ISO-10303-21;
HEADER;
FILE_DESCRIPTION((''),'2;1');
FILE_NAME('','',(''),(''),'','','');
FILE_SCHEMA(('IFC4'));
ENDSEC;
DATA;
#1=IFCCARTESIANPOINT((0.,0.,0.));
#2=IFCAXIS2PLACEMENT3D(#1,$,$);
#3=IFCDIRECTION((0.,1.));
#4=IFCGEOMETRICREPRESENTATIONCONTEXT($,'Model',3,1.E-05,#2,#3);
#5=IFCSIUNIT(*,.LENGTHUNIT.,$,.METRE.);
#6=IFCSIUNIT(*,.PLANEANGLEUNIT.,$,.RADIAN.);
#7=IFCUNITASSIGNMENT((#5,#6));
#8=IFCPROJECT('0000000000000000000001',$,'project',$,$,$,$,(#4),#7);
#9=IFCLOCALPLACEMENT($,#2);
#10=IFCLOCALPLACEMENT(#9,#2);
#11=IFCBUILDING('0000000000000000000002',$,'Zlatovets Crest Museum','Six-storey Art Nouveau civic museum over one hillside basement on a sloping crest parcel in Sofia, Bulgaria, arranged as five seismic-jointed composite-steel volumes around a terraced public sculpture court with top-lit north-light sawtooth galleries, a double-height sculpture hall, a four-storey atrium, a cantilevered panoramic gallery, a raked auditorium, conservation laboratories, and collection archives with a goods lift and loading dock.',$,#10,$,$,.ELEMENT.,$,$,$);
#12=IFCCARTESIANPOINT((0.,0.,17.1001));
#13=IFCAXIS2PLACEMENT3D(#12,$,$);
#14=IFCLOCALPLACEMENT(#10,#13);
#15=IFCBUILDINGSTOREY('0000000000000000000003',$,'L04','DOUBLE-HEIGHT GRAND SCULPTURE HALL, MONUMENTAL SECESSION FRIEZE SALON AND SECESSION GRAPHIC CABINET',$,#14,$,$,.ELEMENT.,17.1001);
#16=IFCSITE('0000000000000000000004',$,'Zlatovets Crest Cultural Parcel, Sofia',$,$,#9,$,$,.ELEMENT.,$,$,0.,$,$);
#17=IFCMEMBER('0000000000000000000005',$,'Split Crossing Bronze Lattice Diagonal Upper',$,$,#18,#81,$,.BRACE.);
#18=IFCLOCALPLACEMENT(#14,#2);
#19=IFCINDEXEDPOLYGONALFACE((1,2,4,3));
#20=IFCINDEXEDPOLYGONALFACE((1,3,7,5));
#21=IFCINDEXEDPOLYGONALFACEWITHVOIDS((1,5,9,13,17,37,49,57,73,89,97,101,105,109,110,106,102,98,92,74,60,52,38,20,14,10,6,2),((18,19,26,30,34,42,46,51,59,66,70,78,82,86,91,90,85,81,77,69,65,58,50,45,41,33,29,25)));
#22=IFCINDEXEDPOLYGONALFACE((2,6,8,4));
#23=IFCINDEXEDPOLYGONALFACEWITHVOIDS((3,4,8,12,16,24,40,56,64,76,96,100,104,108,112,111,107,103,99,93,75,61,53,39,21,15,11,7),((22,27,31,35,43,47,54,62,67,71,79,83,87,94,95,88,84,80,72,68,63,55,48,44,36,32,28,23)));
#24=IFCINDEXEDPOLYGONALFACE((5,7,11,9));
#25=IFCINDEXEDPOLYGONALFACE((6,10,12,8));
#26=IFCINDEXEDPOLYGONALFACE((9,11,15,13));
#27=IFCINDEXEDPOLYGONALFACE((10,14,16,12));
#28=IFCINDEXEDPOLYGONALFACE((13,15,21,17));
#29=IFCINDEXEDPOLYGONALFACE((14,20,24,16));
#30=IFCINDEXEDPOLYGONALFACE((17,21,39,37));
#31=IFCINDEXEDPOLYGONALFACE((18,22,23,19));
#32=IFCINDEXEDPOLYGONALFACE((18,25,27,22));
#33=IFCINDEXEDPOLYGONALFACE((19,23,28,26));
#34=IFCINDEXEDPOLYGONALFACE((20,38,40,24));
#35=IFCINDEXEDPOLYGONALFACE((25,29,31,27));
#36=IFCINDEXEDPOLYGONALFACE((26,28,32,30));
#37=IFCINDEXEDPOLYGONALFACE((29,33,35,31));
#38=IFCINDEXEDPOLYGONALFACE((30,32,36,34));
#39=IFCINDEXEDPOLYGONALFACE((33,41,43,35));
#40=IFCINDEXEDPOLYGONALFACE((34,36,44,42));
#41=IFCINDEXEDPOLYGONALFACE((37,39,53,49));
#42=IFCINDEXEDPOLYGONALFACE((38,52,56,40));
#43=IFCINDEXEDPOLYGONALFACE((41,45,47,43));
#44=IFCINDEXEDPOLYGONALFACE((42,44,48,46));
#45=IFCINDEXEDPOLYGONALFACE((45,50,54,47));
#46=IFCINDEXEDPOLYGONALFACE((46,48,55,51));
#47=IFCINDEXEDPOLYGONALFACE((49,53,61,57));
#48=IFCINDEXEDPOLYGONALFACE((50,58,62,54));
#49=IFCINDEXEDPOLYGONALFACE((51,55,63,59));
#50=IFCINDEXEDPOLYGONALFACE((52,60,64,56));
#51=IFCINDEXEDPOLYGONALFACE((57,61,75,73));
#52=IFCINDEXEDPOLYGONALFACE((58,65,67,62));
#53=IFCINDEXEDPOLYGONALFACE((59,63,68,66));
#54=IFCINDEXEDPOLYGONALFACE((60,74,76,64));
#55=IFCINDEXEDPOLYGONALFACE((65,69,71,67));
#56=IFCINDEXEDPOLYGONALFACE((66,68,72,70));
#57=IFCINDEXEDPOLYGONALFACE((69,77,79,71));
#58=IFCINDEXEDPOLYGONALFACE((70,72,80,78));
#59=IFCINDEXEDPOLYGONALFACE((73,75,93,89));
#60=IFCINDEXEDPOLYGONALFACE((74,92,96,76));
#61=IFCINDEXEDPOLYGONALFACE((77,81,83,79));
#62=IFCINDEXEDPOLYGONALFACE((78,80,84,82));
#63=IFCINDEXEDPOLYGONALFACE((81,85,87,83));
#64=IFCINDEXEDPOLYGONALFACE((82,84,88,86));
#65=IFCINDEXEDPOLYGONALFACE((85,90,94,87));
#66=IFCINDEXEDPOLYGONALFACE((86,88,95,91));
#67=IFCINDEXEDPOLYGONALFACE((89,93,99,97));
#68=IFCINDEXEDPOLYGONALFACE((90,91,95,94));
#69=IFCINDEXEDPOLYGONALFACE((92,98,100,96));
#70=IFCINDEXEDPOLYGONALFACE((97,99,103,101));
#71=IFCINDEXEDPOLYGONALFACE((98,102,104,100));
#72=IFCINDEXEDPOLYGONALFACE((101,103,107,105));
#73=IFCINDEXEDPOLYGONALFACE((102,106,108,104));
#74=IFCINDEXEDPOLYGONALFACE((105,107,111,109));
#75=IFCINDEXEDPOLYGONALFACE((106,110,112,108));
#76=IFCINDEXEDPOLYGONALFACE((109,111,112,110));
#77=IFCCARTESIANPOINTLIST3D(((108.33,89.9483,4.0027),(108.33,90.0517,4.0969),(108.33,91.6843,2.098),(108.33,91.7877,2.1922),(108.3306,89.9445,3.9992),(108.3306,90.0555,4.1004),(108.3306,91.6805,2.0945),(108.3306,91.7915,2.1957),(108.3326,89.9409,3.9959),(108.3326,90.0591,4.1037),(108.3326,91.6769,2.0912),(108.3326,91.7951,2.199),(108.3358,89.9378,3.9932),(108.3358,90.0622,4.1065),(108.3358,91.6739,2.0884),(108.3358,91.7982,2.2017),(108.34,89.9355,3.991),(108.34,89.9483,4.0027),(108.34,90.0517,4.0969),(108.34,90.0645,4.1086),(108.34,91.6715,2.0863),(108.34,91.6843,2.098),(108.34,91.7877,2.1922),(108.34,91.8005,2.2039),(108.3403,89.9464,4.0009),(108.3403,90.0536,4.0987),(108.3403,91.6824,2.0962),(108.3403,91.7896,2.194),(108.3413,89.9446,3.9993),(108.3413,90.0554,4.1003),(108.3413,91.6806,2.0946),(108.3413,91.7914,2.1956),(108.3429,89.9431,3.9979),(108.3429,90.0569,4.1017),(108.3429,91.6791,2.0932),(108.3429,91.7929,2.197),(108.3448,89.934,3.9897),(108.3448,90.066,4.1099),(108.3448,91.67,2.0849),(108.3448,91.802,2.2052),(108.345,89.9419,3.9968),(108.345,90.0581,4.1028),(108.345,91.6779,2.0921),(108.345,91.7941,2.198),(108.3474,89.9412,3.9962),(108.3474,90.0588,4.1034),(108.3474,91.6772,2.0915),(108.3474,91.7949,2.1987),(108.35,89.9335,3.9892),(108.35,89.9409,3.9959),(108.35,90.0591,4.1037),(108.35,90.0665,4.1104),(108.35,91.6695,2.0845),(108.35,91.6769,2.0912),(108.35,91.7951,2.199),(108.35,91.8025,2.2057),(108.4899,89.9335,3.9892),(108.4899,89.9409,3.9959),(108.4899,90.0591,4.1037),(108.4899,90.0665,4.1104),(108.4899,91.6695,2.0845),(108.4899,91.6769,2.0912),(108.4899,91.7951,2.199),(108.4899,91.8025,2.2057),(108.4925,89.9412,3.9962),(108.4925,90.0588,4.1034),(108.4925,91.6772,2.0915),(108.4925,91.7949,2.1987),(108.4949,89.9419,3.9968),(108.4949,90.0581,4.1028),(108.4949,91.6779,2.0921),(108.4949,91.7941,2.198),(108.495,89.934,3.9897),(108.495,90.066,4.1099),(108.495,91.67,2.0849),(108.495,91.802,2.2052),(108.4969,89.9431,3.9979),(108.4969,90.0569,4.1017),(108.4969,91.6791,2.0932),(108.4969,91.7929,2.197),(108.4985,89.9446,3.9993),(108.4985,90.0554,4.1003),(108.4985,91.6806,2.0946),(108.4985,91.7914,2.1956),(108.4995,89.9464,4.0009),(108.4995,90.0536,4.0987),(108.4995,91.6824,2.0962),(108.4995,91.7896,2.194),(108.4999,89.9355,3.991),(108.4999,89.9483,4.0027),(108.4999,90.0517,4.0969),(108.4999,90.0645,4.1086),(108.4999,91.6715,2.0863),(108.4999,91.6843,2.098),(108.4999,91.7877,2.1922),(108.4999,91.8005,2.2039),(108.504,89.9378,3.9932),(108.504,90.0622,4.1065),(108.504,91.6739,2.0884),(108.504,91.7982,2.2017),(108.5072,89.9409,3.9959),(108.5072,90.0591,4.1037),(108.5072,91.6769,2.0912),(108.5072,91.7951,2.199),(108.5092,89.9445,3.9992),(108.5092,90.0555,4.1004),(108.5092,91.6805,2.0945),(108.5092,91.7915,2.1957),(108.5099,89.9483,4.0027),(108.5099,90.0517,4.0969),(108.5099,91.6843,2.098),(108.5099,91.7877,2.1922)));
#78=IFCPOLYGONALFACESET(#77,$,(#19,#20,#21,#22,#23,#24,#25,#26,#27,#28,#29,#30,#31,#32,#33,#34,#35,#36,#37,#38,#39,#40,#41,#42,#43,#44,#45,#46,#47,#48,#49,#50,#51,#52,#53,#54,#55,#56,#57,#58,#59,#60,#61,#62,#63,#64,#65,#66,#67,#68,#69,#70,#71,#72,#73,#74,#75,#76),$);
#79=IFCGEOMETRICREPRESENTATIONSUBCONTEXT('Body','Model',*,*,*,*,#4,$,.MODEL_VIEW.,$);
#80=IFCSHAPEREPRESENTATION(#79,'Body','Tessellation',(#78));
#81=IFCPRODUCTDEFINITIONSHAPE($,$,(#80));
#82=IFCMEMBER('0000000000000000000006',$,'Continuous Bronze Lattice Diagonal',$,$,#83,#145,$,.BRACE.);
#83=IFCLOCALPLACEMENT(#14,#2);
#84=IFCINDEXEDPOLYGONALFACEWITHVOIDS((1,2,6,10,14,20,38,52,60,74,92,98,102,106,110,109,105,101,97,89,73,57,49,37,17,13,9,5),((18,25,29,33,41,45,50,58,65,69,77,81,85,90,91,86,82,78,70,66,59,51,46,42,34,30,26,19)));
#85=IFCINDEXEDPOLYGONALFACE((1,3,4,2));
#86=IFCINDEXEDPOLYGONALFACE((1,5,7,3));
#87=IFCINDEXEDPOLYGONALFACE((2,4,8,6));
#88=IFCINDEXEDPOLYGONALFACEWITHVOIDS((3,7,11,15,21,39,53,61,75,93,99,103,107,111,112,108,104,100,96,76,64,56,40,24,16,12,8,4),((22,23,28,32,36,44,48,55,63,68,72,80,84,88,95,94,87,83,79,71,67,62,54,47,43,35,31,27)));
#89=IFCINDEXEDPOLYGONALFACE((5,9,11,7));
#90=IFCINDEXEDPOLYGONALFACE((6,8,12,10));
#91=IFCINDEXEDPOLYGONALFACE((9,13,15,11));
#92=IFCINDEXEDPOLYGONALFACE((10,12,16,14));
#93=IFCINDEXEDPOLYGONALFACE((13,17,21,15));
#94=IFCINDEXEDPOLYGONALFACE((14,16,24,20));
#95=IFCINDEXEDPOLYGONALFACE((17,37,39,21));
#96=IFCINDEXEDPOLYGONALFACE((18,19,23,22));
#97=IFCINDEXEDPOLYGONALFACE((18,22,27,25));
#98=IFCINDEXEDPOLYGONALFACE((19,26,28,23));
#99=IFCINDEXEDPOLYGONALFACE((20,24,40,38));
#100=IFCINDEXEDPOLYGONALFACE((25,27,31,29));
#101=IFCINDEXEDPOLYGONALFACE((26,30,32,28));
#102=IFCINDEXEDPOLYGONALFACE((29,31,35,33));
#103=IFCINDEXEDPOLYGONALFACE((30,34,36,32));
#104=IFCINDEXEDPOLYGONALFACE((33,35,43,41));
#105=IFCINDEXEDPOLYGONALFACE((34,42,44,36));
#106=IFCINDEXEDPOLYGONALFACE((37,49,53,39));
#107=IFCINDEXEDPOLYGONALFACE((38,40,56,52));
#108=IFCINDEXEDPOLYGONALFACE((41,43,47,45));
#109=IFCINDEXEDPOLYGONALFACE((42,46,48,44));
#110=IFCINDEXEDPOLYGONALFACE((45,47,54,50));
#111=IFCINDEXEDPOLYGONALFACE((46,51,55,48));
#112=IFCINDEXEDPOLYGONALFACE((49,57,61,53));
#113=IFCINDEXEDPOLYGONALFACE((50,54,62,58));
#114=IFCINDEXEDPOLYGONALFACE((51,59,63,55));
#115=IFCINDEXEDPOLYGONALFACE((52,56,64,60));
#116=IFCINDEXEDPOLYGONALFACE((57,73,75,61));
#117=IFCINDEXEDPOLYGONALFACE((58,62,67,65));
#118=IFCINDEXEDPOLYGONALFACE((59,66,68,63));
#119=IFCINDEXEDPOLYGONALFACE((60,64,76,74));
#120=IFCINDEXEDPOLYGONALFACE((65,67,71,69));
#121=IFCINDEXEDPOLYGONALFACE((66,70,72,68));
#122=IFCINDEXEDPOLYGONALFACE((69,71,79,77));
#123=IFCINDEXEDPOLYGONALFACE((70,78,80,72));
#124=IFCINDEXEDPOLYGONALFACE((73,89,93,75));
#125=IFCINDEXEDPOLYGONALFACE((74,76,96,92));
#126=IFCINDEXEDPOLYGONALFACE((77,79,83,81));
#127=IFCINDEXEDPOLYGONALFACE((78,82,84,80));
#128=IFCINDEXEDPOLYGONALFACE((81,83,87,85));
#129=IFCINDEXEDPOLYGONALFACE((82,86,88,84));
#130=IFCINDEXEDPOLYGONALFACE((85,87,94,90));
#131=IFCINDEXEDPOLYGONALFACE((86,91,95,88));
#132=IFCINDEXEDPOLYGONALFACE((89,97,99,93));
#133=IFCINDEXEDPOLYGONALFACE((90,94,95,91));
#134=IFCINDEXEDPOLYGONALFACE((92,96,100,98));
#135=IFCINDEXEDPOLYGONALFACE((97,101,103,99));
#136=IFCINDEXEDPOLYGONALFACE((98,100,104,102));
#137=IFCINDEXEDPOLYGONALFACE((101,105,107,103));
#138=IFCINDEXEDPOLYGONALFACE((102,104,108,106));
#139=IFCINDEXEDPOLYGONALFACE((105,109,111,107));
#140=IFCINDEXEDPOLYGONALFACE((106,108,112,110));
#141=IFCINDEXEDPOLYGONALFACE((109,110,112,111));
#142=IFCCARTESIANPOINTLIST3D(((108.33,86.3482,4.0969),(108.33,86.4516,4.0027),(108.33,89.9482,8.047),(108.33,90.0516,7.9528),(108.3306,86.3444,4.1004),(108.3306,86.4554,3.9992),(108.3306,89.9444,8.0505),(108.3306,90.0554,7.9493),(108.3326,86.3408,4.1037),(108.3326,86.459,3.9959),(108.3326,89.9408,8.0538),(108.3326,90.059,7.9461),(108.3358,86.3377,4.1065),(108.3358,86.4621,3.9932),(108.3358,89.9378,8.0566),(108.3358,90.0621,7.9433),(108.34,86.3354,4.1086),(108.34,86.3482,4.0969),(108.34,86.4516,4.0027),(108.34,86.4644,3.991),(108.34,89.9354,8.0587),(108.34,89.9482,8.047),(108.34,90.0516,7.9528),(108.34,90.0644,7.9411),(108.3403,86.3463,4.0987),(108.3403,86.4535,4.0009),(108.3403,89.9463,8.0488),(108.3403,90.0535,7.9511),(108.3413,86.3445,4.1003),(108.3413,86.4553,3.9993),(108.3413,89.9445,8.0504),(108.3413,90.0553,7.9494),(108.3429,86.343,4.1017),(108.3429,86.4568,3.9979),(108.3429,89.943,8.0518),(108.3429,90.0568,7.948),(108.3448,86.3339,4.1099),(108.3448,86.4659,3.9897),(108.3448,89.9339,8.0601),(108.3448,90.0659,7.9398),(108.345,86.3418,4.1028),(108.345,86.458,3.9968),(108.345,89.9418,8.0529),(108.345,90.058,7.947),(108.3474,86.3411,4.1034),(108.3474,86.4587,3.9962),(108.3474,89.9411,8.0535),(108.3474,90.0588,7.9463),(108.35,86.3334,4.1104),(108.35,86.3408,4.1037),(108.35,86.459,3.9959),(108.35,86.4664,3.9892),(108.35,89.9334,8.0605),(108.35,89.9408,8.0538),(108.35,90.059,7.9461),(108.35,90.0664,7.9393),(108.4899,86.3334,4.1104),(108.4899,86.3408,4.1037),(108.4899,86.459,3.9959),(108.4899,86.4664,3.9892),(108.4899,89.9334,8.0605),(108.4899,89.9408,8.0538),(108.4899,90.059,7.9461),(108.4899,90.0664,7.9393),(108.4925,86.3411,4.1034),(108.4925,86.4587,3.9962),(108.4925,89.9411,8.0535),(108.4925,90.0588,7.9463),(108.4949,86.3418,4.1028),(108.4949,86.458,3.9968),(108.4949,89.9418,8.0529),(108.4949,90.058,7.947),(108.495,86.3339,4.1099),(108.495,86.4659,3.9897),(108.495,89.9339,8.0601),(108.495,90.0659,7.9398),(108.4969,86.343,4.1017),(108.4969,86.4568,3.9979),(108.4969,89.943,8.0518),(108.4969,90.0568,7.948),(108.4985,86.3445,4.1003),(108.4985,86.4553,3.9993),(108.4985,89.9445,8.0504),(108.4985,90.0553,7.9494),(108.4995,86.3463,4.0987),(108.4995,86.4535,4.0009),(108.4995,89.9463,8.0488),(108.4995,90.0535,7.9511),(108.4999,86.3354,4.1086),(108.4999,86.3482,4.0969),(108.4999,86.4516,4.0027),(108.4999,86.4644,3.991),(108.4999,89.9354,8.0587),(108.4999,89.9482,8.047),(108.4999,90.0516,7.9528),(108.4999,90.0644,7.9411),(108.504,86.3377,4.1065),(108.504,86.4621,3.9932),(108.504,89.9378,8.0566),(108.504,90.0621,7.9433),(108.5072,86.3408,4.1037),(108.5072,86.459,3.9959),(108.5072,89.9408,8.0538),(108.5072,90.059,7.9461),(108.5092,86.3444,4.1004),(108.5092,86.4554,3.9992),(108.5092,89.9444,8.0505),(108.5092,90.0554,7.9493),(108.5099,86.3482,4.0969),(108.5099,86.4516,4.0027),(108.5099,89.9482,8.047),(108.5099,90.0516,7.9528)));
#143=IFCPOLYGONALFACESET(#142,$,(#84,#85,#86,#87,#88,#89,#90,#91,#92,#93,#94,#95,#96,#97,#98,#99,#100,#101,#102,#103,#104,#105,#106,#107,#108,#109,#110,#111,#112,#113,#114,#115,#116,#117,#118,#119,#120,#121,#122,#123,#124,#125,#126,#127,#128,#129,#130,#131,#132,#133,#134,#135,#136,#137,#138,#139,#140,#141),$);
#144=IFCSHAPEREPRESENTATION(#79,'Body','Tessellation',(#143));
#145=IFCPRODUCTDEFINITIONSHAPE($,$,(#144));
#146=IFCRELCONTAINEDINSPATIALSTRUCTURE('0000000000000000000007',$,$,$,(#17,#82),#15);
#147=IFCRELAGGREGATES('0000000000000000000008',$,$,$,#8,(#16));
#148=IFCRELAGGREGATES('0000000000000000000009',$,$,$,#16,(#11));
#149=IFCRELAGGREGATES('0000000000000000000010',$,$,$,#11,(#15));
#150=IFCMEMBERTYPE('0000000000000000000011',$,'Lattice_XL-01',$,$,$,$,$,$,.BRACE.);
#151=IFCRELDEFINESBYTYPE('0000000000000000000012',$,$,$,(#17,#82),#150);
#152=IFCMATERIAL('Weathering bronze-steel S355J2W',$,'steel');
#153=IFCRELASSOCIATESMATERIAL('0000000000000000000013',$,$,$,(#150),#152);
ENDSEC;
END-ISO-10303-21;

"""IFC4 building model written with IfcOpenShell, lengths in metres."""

from ifc_helpers import new_model, si_unit, direction, frame, origin, origin_2d, place, context, subcontext, project, spatial, hollow_rectangle, extrude, material, material_profile, profile_set, type_object, element, save


model = new_model("IFC4")

# Units and contexts
model_context = context("Model", 3, precision=1e-05, world=origin(), true_north=direction((0.0, 1.0)))
body_context = subcontext(model_context, "Body", "Model", "MODEL_VIEW")
ifc_project = project(units=[si_unit("LENGTHUNIT", "METRE"), si_unit("PLANEANGLEUNIT", "RADIAN")], contexts=[model_context])

# Site, building, storey
site_placement = place(None, origin())
site = spatial("IfcSite", under=ifc_project, at=site_placement, Name="Zlatovets Crest Cultural Parcel, Sofia", CompositionType="ELEMENT", RefElevation=0.0)
building_placement = place(site_placement, origin())
building = spatial("IfcBuilding", under=site, at=building_placement, Name="Zlatovets Crest Museum", Description="Six-storey Art Nouveau civic museum over one hillside basement on a sloping crest parcel in Sofia, Bulgaria, arranged as five seismic-jointed composite-steel volumes around a terraced public sculpture court with top-lit north-light sawtooth galleries, a double-height sculpture hall, a four-storey atrium, a cantilevered panoramic gallery, a raked auditorium, conservation laboratories, and collection archives with a goods lift and loading dock.", CompositionType="ELEMENT")
storey_placement = place(building_placement, frame((0.0, 0.0, 17.1001)))
storey = spatial("IfcBuildingStorey", under=building, at=storey_placement, Name="L04", Description="DOUBLE-HEIGHT GRAND SCULPTURE HALL, MONUMENTAL SECESSION FRIEZE SALON AND SECESSION GRAPHIC CABINET", CompositionType="ELEMENT", Elevation=17.1001)

# Members
ifc_material_1 = material(Name="Weathering bronze-steel S355J2W", Category="steel")
ifc_material_profile_1 = material_profile(ifc_material_1, hollow_rectangle(XDim=0.1799, YDim=0.1799, WallThickness=0.01, InnerFilletRadius=0.01, OuterFilletRadius=0.02, at=origin_2d()), Name="SHS 180x180x10.0")
ifc_profile_set_1 = profile_set([ifc_material_profile_1], Name="Weathering bronze-steel S355J2W")
member_type_1 = type_object("IfcMemberType", Name="Lattice_XL-01", PredefinedType="BRACE", material=ifc_profile_set_1)
for number, where, z_axis, x_axis, name in (
    (1, (108.4199, 90.0, 4.0498), (0.0, 0.67362, -0.739078), (-1.0, 0.0, 0.0), "Split Crossing Bronze Lattice Diagonal Upper"),
):
    element("IfcMember", number, at=place(storey_placement, frame(where, z_axis=z_axis, x_axis=x_axis)), inside=storey, type_object=member_type_1, Name=name, PredefinedType="BRACE", context=body_context, shape_type="SweptSolid", body=[
        extrude(hollow_rectangle(XDim=0.1799, YDim=0.1799, WallThickness=0.01, InnerFilletRadius=0.01, OuterFilletRadius=0.02, at=origin_2d()), origin(), (0.0, 0.0, 1.0), 2.5771),
    ])
member_1_placement = place(storey_placement, frame((108.4199, 86.3999, 4.0498), z_axis=(0.0, 0.673595, 0.7391), x_axis=(-1.0, 0.0, 0.0)))
element("IfcMember", 2, at=member_1_placement, inside=storey, type_object=member_type_1, Name="Continuous Bronze Lattice Diagonal", PredefinedType="BRACE", context=body_context, shape_type="SweptSolid", body=[
    extrude(hollow_rectangle(XDim=0.1799, YDim=0.1799, WallThickness=0.01, InnerFilletRadius=0.01, OuterFilletRadius=0.02, at=origin_2d()), origin(), (0.0, 0.0, 1.0), 5.3445),
])

save(model, "model.ifc")
